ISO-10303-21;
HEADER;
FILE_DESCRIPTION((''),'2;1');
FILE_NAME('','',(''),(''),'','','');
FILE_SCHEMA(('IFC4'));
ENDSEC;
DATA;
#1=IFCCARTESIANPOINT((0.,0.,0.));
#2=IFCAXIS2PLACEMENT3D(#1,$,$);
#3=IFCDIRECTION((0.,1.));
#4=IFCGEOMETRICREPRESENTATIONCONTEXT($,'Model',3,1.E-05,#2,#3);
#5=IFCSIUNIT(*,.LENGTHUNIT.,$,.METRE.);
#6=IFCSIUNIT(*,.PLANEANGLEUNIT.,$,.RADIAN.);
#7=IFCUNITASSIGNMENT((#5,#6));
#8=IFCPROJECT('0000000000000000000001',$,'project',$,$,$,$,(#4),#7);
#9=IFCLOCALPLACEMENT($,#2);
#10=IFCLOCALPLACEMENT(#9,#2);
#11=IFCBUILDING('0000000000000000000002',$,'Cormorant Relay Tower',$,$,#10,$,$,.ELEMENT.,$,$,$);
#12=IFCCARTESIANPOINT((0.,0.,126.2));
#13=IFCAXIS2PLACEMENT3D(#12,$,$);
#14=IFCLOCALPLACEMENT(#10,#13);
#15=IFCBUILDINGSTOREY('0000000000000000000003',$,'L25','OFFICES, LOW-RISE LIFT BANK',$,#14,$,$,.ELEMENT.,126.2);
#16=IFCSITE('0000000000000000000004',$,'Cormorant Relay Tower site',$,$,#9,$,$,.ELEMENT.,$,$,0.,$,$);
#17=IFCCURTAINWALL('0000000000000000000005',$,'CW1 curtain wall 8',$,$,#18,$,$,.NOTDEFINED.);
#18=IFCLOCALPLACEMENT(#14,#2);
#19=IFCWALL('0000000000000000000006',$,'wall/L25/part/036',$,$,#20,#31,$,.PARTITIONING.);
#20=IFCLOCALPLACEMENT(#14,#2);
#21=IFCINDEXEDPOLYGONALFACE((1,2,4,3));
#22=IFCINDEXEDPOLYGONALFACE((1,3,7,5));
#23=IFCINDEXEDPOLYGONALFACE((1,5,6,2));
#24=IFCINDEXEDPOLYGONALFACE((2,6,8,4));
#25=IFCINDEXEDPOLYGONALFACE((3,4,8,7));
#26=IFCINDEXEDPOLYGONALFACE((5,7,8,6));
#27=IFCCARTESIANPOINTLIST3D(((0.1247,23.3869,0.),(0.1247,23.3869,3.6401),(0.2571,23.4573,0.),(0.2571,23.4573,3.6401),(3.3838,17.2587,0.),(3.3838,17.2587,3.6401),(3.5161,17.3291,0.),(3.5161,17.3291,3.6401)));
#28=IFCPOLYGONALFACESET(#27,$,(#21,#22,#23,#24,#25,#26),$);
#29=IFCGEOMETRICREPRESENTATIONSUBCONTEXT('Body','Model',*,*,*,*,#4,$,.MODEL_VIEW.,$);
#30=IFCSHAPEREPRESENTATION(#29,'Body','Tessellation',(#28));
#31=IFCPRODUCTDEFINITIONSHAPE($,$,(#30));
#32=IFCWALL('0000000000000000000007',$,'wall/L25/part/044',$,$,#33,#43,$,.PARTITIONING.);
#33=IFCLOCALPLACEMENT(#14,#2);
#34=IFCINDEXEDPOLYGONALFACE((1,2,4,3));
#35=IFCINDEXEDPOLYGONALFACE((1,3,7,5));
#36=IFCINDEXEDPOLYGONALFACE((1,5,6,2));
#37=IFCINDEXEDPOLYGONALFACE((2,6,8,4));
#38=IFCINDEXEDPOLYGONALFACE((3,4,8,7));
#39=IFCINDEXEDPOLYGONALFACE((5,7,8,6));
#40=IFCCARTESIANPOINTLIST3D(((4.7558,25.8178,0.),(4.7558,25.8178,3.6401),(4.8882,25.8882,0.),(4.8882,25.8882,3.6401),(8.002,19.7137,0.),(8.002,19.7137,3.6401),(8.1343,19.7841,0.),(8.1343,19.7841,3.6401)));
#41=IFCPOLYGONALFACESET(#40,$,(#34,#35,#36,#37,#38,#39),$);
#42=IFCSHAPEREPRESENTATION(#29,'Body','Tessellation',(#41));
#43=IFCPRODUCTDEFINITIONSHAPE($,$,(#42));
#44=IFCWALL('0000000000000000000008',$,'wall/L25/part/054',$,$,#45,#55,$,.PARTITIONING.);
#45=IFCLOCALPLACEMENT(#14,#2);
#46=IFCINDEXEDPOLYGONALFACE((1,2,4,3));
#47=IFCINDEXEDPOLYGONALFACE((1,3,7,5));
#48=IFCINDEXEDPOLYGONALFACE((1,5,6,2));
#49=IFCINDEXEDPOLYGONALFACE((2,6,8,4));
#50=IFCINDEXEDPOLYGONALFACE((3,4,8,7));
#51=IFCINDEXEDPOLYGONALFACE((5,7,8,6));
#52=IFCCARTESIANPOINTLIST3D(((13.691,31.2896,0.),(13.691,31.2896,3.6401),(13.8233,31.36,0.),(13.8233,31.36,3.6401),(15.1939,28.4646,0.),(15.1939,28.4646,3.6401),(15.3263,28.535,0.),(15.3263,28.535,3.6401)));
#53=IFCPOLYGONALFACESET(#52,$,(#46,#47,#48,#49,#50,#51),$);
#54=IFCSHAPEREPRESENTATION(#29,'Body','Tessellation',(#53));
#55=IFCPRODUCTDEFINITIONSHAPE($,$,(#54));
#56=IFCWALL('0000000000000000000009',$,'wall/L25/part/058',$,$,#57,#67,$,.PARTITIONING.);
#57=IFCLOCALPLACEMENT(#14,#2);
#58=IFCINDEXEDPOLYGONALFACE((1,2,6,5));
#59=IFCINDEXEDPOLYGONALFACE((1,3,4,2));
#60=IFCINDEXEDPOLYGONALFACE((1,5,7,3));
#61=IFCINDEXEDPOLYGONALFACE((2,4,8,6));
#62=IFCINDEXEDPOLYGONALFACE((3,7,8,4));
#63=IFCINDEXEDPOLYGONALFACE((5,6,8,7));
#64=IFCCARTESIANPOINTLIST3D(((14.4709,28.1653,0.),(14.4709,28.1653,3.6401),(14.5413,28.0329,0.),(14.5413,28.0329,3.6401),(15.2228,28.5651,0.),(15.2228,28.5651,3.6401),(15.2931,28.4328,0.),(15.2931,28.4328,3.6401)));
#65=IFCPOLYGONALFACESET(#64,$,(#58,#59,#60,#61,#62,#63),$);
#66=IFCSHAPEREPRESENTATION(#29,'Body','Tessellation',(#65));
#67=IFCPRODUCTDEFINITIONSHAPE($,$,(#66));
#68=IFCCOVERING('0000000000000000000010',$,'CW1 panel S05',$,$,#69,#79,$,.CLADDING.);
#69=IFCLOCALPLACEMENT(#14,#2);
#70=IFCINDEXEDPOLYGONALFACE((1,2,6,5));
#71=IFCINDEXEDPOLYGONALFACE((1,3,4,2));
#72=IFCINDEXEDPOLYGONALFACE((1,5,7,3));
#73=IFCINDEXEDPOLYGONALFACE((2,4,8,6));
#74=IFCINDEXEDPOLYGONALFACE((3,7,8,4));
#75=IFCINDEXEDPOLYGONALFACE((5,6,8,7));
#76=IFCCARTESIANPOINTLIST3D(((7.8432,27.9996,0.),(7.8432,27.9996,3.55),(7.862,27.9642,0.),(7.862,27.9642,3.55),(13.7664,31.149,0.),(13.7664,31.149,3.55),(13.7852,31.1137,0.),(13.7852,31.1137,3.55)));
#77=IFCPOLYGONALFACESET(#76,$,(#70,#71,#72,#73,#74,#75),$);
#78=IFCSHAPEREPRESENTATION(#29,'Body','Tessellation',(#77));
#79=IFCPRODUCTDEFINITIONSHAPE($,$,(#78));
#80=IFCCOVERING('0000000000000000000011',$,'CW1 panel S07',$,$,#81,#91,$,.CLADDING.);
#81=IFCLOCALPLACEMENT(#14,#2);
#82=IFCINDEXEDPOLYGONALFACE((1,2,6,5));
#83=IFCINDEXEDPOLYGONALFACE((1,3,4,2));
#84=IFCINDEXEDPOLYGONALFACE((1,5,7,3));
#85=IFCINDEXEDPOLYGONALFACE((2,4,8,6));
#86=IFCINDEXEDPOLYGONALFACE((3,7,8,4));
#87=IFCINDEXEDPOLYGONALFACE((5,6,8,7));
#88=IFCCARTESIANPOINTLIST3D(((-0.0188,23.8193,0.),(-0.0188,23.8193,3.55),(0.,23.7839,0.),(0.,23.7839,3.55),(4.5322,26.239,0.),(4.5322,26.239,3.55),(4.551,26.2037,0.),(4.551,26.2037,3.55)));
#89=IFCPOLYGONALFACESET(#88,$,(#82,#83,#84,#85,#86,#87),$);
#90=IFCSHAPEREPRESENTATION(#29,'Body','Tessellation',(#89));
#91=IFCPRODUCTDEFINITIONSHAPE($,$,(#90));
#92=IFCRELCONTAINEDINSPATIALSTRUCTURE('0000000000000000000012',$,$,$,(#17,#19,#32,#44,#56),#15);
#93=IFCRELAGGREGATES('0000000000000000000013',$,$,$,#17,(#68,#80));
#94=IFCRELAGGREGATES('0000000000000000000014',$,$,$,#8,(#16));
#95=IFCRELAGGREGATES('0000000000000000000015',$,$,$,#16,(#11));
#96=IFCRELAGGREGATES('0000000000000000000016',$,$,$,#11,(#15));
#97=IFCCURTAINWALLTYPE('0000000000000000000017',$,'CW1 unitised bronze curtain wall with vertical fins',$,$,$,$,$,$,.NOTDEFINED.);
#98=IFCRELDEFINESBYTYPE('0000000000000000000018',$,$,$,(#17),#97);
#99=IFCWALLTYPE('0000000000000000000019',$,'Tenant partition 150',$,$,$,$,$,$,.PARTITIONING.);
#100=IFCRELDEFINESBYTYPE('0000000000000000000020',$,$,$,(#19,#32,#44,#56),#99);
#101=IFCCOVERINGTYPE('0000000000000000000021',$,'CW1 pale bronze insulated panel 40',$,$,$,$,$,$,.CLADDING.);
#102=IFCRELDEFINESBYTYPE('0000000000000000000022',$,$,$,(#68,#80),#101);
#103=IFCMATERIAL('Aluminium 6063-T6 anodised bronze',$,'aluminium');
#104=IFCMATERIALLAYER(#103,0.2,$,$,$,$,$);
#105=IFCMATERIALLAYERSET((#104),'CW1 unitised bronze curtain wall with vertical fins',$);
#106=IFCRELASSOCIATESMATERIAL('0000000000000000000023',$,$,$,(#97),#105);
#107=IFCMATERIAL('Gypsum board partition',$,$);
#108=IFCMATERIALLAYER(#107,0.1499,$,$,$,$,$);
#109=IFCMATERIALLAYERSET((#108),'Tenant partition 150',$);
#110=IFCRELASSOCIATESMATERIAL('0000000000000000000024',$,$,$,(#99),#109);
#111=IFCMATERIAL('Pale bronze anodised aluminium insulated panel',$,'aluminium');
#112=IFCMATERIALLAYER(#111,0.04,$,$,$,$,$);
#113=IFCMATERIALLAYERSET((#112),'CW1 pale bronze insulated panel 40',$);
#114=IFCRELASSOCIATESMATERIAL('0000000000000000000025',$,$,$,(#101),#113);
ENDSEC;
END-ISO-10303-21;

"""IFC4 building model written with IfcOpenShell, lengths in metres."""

from ifc_helpers import new_model, si_unit, direction, frame, frame_2d, origin, origin_2d, place, context, subcontext, project, spatial, rectangle, extrude, material, layer, layer_set, type_object, element, aggregate, save


model = new_model("IFC4")

# Units and contexts
model_context = context("Model", 3, precision=1e-05, world=origin(), true_north=direction((0.0, 1.0)))
body_context = subcontext(model_context, "Body", "Model", "MODEL_VIEW")
ifc_project = project(units=[si_unit("LENGTHUNIT", "METRE"), si_unit("PLANEANGLEUNIT", "RADIAN")], contexts=[model_context])

# Site, building, storey
site_placement = place(None, origin())
site = spatial("IfcSite", under=ifc_project, at=site_placement, Name="Cormorant Relay Tower site", CompositionType="ELEMENT", RefElevation=0.0)
building_placement = place(site_placement, origin())
building = spatial("IfcBuilding", under=site, at=building_placement, Name="Cormorant Relay Tower", CompositionType="ELEMENT")
storey_placement = place(building_placement, frame((0.0, 0.0, 126.2)))
storey = spatial("IfcBuildingStorey", under=building, at=storey_placement, Name="L25", Description="OFFICES, LOW-RISE LIFT BANK", CompositionType="ELEMENT", Elevation=126.2)

# Curtain wall
ifc_material_1 = material(Name="Aluminium 6063-T6 anodised bronze", Category="aluminium")
ifc_layer_1 = layer(ifc_material_1, 0.2)
ifc_layer_set_1 = layer_set([ifc_layer_1], Name="CW1 unitised bronze curtain wall with vertical fins")
curtain_wall_type = type_object("IfcCurtainWallType", Name="CW1 unitised bronze curtain wall with vertical fins", PredefinedType="NOTDEFINED", material=ifc_layer_set_1)
curtain_wall_1_placement = place(storey_placement, origin())
curtain_wall_1 = element("IfcCurtainWall", 1, at=curtain_wall_1_placement, inside=storey, type_object=curtain_wall_type, Name="CW1 curtain wall 8", PredefinedType="NOTDEFINED")

# Walls
ifc_material_2 = material(Name="Gypsum board partition")
ifc_layer_2 = layer(ifc_material_2, 0.1499)
ifc_layer_set_2 = layer_set([ifc_layer_2], Name="Tenant partition 150")
wall_type_1 = type_object("IfcWallType", Name="Tenant partition 150", PredefinedType="PARTITIONING", material=ifc_layer_set_2)
wall_1_placement = place(storey_placement, frame((0.1909, 23.4221, 0.0), z_axis=(0.0, 0.0, 1.0), x_axis=(0.469542, -0.88291, 0.0)))
element("IfcWall", 2, at=wall_1_placement, inside=storey, type_object=wall_type_1, Name="wall/L25/part/036", PredefinedType="PARTITIONING", context=body_context, shape_type="SweptSolid", body=[
    extrude(rectangle(XDim=6.9409, YDim=0.1499, at=frame_2d((3.4705, 0.0))), origin(), (0.0, 0.0, 1.0), 3.6401),
])
wall_2_placement = place(storey_placement, frame((4.822, 25.853, 0.0), z_axis=(0.0, 0.0, 1.0), x_axis=(0.469532, -0.882915, 0.0)))
element("IfcWall", 3, at=wall_2_placement, inside=storey, type_object=wall_type_1, Name="wall/L25/part/044", PredefinedType="PARTITIONING", context=body_context, shape_type="SweptSolid", body=[
    extrude(rectangle(XDim=6.9136, YDim=0.1499, at=frame_2d((3.4568, 0.0))), origin(), (0.0, 0.0, 1.0), 3.6401),
])
wall_3_placement = place(storey_placement, frame((13.7571, 31.325, 0.0), z_axis=(0.0, 0.0, 1.0), x_axis=(0.469685, -0.882834, 0.0)))
element("IfcWall", 4, at=wall_3_placement, inside=storey, type_object=wall_type_1, Name="wall/L25/part/054", PredefinedType="PARTITIONING", context=body_context, shape_type="SweptSolid", body=[
    extrude(rectangle(XDim=3.2, YDim=0.1499, at=frame_2d((1.6001, 0.0))), origin(), (0.0, 0.0, 1.0), 3.6401),
])
wall_4_placement = place(storey_placement, frame((14.5061, 28.0991, 0.0), z_axis=(0.0, 0.0, 1.0), x_axis=(0.882908, 0.469546, 0.0)))
element("IfcWall", 5, at=wall_4_placement, inside=storey, type_object=wall_type_1, Name="wall/L25/part/058", PredefinedType="PARTITIONING", context=body_context, shape_type="SweptSolid", body=[
    extrude(rectangle(XDim=0.8516, YDim=0.1499, at=frame_2d((0.4258, 0.0))), origin(), (0.0, 0.0, 1.0), 3.6401),
])

# Coverings
ifc_material_3 = material(Name="Pale bronze anodised aluminium insulated panel", Category="aluminium")
ifc_layer_3 = layer(ifc_material_3, 0.04)
ifc_layer_set_3 = layer_set([ifc_layer_3], Name="CW1 pale bronze insulated panel 40")
covering_type = type_object("IfcCoveringType", Name="CW1 pale bronze insulated panel 40", PredefinedType="CLADDING", material=ifc_layer_set_3)
covering_1_placement = place(storey_placement, frame((10.8142, 29.5566, 0.0), z_axis=(0.0, 0.0, 1.0), x_axis=(-0.882948, -0.469472, 0.0)))
covering_1 = element("IfcCovering", 6, at=covering_1_placement, type_object=covering_type, Name="CW1 panel S05", PredefinedType="CLADDING", context=body_context, shape_type="SweptSolid", body=[
    extrude(rectangle(XDim=6.7085, YDim=0.04, at=origin_2d()), origin(), (0.0, 0.0, 1.0), 3.55),
])
covering_2_placement = place(storey_placement, frame((2.2661, 25.0115, 0.0), z_axis=(0.0, 0.0, 1.0), x_axis=(-0.882948, -0.469472, 0.0)))
covering_2 = element("IfcCovering", 7, at=covering_2_placement, type_object=covering_type, Name="CW1 panel S07", PredefinedType="CLADDING", context=body_context, shape_type="SweptSolid", body=[
    extrude(rectangle(XDim=5.1543, YDim=0.04, at=origin_2d()), origin(), (0.0, 0.0, 1.0), 3.55),
])
aggregate(curtain_wall_1, [covering_1, covering_2])

save(model, "model.ifc")
